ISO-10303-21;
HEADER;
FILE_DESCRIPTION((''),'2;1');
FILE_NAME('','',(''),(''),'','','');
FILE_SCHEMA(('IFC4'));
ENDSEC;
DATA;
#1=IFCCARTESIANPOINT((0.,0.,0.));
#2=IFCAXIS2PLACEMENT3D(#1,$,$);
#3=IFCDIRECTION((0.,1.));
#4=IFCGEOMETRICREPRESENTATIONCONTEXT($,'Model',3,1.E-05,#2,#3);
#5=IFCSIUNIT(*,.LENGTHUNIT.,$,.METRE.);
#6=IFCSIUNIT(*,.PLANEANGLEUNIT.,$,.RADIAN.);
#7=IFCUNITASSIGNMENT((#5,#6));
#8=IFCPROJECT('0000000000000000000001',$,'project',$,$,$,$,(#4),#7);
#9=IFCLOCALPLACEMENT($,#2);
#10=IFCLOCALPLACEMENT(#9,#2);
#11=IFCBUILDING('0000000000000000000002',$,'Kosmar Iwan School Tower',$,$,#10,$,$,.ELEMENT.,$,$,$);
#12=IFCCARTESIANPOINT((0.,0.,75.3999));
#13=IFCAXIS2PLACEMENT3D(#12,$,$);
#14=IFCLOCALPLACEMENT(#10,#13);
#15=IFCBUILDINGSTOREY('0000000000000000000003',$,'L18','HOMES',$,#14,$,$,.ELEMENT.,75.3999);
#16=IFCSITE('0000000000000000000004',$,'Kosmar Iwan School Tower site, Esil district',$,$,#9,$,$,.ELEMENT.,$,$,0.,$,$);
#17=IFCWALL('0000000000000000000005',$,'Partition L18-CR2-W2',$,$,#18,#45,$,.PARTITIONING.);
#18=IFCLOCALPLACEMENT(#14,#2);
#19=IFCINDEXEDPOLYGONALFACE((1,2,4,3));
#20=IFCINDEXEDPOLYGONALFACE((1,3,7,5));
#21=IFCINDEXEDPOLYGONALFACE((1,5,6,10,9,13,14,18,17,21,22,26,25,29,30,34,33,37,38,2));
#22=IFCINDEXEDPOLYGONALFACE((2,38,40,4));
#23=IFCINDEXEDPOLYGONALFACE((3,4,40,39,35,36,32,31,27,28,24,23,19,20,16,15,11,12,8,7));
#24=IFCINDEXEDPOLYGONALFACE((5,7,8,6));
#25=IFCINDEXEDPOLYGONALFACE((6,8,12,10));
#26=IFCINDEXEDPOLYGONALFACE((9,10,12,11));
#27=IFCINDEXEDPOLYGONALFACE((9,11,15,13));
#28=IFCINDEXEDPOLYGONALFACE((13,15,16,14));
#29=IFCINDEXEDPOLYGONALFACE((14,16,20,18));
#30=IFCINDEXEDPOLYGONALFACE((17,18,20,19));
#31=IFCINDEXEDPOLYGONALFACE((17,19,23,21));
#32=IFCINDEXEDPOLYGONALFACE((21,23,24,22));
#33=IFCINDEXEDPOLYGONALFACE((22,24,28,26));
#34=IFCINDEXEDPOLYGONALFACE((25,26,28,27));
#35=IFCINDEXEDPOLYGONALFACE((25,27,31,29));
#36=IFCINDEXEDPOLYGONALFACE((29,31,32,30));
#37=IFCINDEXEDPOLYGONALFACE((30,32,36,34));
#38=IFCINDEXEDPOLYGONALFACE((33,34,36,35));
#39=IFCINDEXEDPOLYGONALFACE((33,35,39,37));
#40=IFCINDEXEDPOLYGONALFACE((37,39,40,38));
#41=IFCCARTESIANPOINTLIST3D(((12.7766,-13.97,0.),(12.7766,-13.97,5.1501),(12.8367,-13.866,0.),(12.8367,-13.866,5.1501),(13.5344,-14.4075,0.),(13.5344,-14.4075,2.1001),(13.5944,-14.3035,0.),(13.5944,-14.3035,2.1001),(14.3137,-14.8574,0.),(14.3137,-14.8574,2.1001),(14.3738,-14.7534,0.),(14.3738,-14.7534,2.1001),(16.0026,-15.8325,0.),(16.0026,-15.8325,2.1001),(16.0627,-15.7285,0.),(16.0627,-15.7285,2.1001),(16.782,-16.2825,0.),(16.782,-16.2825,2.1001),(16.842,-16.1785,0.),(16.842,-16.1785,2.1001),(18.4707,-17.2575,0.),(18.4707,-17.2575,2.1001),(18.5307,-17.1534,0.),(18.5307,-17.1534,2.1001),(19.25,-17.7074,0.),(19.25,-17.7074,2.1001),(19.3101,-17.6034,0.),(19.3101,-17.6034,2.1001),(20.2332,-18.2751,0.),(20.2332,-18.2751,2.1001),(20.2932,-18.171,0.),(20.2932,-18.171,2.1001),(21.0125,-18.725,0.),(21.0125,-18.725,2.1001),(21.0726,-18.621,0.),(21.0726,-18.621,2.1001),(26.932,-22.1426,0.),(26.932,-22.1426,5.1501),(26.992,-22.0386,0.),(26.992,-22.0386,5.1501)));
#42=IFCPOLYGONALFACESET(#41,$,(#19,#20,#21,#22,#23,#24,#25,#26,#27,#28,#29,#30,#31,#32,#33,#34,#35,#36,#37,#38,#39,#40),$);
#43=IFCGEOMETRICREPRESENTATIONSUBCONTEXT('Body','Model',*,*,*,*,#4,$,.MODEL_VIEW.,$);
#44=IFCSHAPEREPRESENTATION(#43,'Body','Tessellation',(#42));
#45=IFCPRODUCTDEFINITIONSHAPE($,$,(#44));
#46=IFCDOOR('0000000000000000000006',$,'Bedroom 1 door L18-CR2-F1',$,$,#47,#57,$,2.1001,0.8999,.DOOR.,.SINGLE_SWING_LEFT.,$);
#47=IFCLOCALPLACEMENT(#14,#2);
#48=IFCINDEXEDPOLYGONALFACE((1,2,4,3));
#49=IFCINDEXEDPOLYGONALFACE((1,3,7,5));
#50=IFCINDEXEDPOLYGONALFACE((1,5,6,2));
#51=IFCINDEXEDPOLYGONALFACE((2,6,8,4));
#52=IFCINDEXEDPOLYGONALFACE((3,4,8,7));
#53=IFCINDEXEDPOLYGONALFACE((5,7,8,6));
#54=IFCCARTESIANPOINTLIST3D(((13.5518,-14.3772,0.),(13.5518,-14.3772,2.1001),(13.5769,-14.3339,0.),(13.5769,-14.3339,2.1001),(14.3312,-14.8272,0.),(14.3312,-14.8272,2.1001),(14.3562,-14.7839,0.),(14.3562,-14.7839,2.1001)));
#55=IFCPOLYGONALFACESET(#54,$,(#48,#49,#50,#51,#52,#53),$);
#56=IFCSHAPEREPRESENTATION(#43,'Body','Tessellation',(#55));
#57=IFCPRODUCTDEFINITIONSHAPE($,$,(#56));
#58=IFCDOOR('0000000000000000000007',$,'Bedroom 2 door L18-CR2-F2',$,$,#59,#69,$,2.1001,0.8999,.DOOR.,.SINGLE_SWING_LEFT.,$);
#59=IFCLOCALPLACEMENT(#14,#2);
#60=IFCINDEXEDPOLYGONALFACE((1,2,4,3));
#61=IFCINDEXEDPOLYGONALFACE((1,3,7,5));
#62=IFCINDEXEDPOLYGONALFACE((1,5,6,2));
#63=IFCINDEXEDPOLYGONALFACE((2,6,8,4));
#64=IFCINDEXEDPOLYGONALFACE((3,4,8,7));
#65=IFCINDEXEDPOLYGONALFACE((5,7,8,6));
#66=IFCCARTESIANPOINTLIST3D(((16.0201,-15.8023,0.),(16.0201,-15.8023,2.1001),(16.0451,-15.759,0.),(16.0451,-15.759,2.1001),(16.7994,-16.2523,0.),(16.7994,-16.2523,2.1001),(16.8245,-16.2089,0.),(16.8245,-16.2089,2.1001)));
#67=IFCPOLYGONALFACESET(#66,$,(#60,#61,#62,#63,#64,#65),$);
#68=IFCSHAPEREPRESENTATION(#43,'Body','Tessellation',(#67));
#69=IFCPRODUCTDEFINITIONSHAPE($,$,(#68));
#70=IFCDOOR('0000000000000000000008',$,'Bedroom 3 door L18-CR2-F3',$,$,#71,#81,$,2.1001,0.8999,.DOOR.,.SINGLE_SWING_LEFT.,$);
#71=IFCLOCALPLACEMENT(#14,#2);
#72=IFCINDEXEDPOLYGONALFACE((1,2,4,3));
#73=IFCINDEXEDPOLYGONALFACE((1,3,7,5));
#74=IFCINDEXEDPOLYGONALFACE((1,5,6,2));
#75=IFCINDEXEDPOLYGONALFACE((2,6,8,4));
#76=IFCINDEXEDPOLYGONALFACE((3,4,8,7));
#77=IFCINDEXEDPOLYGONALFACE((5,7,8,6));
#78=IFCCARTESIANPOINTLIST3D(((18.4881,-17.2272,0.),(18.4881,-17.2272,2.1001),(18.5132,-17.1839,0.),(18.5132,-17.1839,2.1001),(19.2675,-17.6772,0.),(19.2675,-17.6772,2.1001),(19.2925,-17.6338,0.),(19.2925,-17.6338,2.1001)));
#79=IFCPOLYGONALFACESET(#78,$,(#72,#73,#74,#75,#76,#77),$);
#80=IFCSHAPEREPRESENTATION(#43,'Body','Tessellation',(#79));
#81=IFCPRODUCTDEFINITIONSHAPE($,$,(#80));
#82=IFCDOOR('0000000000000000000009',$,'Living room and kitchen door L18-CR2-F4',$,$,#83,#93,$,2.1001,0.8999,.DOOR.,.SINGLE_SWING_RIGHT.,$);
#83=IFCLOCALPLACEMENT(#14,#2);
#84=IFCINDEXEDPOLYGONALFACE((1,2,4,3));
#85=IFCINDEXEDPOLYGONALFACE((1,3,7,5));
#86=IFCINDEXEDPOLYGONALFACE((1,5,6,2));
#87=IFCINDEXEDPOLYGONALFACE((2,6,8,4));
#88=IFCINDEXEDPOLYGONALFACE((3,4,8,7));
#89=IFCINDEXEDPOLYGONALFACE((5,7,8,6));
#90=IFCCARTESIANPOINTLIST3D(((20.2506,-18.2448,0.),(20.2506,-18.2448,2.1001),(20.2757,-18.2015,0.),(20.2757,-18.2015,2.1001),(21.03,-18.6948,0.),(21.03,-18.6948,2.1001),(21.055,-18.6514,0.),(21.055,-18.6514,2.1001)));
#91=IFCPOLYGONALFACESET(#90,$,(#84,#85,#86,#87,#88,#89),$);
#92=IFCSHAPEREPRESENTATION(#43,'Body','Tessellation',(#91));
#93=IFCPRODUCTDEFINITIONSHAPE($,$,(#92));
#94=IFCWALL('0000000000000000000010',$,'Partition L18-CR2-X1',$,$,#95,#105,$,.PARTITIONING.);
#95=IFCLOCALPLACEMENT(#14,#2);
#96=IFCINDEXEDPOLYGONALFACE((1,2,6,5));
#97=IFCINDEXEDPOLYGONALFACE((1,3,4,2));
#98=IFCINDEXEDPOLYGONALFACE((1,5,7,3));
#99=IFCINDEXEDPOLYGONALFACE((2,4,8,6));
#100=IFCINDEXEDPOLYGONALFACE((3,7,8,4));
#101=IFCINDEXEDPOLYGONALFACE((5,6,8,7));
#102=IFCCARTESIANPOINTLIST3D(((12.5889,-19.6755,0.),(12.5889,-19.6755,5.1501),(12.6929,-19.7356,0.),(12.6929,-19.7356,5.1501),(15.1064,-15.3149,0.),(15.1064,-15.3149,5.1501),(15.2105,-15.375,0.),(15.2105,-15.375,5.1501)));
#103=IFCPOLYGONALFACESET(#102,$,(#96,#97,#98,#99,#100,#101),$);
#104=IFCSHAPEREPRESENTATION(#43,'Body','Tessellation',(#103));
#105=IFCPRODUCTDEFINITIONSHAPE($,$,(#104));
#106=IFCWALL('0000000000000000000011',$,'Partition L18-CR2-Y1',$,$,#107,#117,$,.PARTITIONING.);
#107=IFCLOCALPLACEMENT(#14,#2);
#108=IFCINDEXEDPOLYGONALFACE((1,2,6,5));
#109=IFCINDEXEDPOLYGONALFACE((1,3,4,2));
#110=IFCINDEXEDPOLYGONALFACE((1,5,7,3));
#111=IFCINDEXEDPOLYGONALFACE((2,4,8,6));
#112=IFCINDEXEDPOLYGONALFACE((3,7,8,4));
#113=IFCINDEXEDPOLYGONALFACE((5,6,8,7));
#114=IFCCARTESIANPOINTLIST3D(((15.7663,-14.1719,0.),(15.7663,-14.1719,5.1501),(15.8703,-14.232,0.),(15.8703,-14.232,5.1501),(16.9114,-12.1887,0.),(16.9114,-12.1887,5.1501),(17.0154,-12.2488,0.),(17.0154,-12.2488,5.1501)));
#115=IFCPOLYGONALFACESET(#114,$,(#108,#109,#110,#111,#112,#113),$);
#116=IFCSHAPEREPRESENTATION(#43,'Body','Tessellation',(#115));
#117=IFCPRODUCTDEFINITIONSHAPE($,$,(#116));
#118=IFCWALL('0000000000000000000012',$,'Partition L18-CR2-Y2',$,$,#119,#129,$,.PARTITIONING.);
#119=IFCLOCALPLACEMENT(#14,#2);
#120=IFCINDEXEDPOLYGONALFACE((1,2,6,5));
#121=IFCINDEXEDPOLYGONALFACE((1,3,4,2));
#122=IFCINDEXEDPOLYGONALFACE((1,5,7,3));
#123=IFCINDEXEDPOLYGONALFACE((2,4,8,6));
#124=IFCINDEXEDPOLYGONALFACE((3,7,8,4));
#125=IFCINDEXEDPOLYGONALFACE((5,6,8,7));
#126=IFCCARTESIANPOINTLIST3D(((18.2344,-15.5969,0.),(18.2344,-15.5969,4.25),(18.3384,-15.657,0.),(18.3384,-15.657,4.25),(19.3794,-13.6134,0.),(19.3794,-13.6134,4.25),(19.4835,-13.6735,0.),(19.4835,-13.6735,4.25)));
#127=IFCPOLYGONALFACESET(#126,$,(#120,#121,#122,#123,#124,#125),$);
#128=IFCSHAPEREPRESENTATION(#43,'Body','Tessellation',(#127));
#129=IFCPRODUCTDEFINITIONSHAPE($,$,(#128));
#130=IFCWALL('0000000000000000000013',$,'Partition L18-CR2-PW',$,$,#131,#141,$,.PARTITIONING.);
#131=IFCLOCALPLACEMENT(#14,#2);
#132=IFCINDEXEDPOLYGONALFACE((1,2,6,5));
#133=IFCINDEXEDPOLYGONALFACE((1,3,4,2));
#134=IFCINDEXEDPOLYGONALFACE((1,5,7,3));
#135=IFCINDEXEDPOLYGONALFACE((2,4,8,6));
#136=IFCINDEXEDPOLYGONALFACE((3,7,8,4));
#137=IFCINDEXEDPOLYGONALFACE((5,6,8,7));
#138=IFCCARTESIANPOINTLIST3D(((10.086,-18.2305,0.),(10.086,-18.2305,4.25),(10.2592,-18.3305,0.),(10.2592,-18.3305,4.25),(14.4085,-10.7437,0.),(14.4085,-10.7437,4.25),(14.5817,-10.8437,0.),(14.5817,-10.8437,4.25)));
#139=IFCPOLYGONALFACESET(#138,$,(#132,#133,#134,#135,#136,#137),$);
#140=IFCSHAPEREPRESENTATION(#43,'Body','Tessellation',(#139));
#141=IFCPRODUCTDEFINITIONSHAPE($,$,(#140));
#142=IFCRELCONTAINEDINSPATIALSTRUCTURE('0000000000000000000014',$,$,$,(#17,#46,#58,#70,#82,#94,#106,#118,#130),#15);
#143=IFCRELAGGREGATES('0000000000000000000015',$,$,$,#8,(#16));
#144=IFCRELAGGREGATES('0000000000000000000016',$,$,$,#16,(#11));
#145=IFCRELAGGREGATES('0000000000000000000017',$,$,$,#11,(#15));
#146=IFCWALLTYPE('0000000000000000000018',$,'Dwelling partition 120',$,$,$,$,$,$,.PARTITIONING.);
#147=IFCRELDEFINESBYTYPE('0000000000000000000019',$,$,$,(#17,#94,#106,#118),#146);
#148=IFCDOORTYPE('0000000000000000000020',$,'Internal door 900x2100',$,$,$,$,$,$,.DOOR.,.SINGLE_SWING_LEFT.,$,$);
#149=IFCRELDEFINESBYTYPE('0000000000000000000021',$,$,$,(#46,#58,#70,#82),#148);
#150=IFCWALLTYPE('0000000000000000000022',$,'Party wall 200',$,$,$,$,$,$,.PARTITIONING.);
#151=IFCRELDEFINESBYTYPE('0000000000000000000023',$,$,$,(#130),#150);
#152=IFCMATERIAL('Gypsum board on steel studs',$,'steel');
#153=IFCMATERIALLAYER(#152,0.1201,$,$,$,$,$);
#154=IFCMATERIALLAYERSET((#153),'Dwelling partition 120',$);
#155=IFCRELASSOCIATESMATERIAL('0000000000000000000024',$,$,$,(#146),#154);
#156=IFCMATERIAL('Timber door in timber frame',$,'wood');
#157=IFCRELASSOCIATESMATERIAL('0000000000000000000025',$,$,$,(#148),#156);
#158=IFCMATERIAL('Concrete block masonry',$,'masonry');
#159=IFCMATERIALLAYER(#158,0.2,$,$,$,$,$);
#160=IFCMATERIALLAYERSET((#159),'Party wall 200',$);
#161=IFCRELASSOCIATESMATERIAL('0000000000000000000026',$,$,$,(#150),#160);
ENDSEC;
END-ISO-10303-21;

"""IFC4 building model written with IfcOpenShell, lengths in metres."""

from ifc_helpers import new_model, si_unit, direction, frame, frame_2d, origin, place, context, subcontext, project, spatial, rectangle, extrude, material, layer, layer_set, type_object, element, fill, save


model = new_model("IFC4")

# Units and contexts
model_context = context("Model", 3, precision=1e-05, world=origin(), true_north=direction((0.0, 1.0)))
body_context = subcontext(model_context, "Body", "Model", "MODEL_VIEW")
ifc_project = project(units=[si_unit("LENGTHUNIT", "METRE"), si_unit("PLANEANGLEUNIT", "RADIAN")], contexts=[model_context])

# Site, building, storey
site_placement = place(None, origin())
site = spatial("IfcSite", under=ifc_project, at=site_placement, Name="Kosmar Iwan School Tower site, Esil district", CompositionType="ELEMENT", RefElevation=0.0)
building_placement = place(site_placement, origin())
building = spatial("IfcBuilding", under=site, at=building_placement, Name="Kosmar Iwan School Tower", CompositionType="ELEMENT")
storey_placement = place(building_placement, frame((0.0, 0.0, 75.3999)))
storey = spatial("IfcBuildingStorey", under=building, at=storey_placement, Name="L18", Description="HOMES", CompositionType="ELEMENT", Elevation=75.3999)

# Shared definitions
ifc_material_1 = material(Name="Gypsum board on steel studs", Category="steel")
ifc_layer_1 = layer(ifc_material_1, 0.1201)
ifc_layer_set_1 = layer_set([ifc_layer_1], Name="Dwelling partition 120")
wall_type_1 = type_object("IfcWallType", Name="Dwelling partition 120", PredefinedType="PARTITIONING", material=ifc_layer_set_1)

# Wall, openings, doors
ifc_material_2 = material(Name="Timber door in timber frame", Category="wood")
door_type_1 = type_object("IfcDoorType", Name="Internal door 900x2100", OperationType="SINGLE_SWING_LEFT", PredefinedType="DOOR", material=ifc_material_2)
wall_1_placement = place(storey_placement, frame((12.8066, -13.918, 0.0), z_axis=(0.0, 0.0, 1.0), x_axis=(0.866024, -0.500003, 0.0)))
wall_1 = element("IfcWall", 1, at=wall_1_placement, inside=storey, type_object=wall_type_1, Name="Partition L18-CR2-W2", PredefinedType="PARTITIONING", context=body_context, shape_type="SweptSolid", body=[
    extrude(rectangle(XDim=16.3452, YDim=0.1201, at=frame_2d((8.1726, 0.0))), origin(), (0.0, 0.0, 1.0), 5.1501),
])
opening_1_placement = place(wall_1_placement, frame((0.875, 0.0, 0.0)))
opening_1 = element("IfcOpeningElement", 2, at=opening_1_placement, cuts=wall_1, PredefinedType="OPENING", context=body_context, shape_type="SweptSolid", body=[
    extrude(rectangle(XDim=0.8999, YDim=2.1001, at=frame_2d((0.45, 1.05))), frame((0.0, 0.072, 0.0), z_axis=(0.0, -1.0, 0.0), x_axis=(1.0, 0.0, 0.0)), (0.0, 0.0, 1.0), 0.144),
])
opening_2_placement = place(wall_1_placement, frame((3.7251, 0.0, 0.0)))
opening_2 = element("IfcOpeningElement", 3, at=opening_2_placement, cuts=wall_1, PredefinedType="OPENING", context=body_context, shape_type="SweptSolid", body=[
    extrude(rectangle(XDim=0.8999, YDim=2.1001, at=frame_2d((0.45, 1.05))), frame((0.0, 0.072, 0.0), z_axis=(0.0, -1.0, 0.0), x_axis=(1.0, 0.0, 0.0)), (0.0, 0.0, 1.0), 0.144),
])
opening_3_placement = place(wall_1_placement, frame((6.575, 0.0, 0.0)))
opening_3 = element("IfcOpeningElement", 4, at=opening_3_placement, cuts=wall_1, PredefinedType="OPENING", context=body_context, shape_type="SweptSolid", body=[
    extrude(rectangle(XDim=0.8999, YDim=2.1001, at=frame_2d((0.45, 1.05))), frame((0.0, 0.072, 0.0), z_axis=(0.0, -1.0, 0.0), x_axis=(1.0, 0.0, 0.0)), (0.0, 0.0, 1.0), 0.144),
])
opening_4_placement = place(wall_1_placement, frame((8.6101, 0.0, 0.0)))
opening_4 = element("IfcOpeningElement", 5, at=opening_4_placement, cuts=wall_1, PredefinedType="OPENING", context=body_context, shape_type="SweptSolid", body=[
    extrude(rectangle(XDim=0.8999, YDim=2.1001, at=frame_2d((0.45, 1.05))), frame((0.0, 0.072, 0.0), z_axis=(0.0, -1.0, 0.0), x_axis=(1.0, 0.0, 0.0)), (0.0, 0.0, 1.0), 0.144),
])
door_1_placement = place(opening_1_placement, origin())
door_1 = element("IfcDoor", 6, at=door_1_placement, inside=storey, type_object=door_type_1, Name="Bedroom 1 door L18-CR2-F1", OperationType="SINGLE_SWING_LEFT", OverallHeight=2.1001, OverallWidth=0.8999, PredefinedType="DOOR", context=body_context, shape_type="SweptSolid", body=[
    extrude(rectangle(XDim=0.8999, YDim=2.1001, at=frame_2d((0.45, 1.05))), frame((0.0, 0.0249, 0.0), z_axis=(0.0, -1.0, 0.0), x_axis=(1.0, 0.0, 0.0)), (0.0, 0.0, 1.0), 0.05),
])
fill(opening_1, door_1)
door_2_placement = place(opening_2_placement, origin())
door_2 = element("IfcDoor", 7, at=door_2_placement, inside=storey, type_object=door_type_1, Name="Bedroom 2 door L18-CR2-F2", OperationType="SINGLE_SWING_LEFT", OverallHeight=2.1001, OverallWidth=0.8999, PredefinedType="DOOR", context=body_context, shape_type="SweptSolid", body=[
    extrude(rectangle(XDim=0.8999, YDim=2.1001, at=frame_2d((0.45, 1.05))), frame((0.0, 0.0249, 0.0), z_axis=(0.0, -1.0, 0.0), x_axis=(1.0, 0.0, 0.0)), (0.0, 0.0, 1.0), 0.05),
])
fill(opening_2, door_2)
door_3_placement = place(opening_3_placement, origin())
door_3 = element("IfcDoor", 8, at=door_3_placement, inside=storey, type_object=door_type_1, Name="Bedroom 3 door L18-CR2-F3", OperationType="SINGLE_SWING_LEFT", OverallHeight=2.1001, OverallWidth=0.8999, PredefinedType="DOOR", context=body_context, shape_type="SweptSolid", body=[
    extrude(rectangle(XDim=0.8999, YDim=2.1001, at=frame_2d((0.45, 1.05))), frame((0.0, 0.0249, 0.0), z_axis=(0.0, -1.0, 0.0), x_axis=(1.0, 0.0, 0.0)), (0.0, 0.0, 1.0), 0.05),
])
fill(opening_3, door_3)
door_4_placement = place(opening_4_placement, origin())
door_4 = element("IfcDoor", 9, at=door_4_placement, inside=storey, type_object=door_type_1, Name="Living room and kitchen door L18-CR2-F4", OperationType="SINGLE_SWING_RIGHT", OverallHeight=2.1001, OverallWidth=0.8999, PredefinedType="DOOR", context=body_context, shape_type="SweptSolid", body=[
    extrude(rectangle(XDim=0.8999, YDim=2.1001, at=frame_2d((0.45, 1.05))), frame((0.0, 0.0249, 0.0), z_axis=(0.0, -1.0, 0.0), x_axis=(1.0, 0.0, 0.0)), (0.0, 0.0, 1.0), 0.05),
])
fill(opening_4, door_4)

# Walls
wall_2_placement = place(storey_placement, frame((15.1584, -15.345, 0.0), z_axis=(0.0, 0.0, 1.0), x_axis=(-0.499998, -0.866027, 0.0)))
element("IfcWall", 10, at=wall_2_placement, inside=storey, type_object=wall_type_1, Name="Partition L18-CR2-X1", PredefinedType="PARTITIONING", context=body_context, shape_type="SweptSolid", body=[
    extrude(rectangle(XDim=5.0352, YDim=0.1201, at=frame_2d((2.5176, 0.0))), origin(), (0.0, 0.0, 1.0), 5.1501),
])
wall_3_placement = place(storey_placement, frame((16.9634, -12.2188, 0.0), z_axis=(0.0, 0.0, 1.0), x_axis=(-0.500015, -0.866017, 0.0)))
element("IfcWall", 11, at=wall_3_placement, inside=storey, type_object=wall_type_1, Name="Partition L18-CR2-Y1", PredefinedType="PARTITIONING", context=body_context, shape_type="SweptSolid", body=[
    extrude(rectangle(XDim=2.29, YDim=0.1201, at=frame_2d((1.145, 0.0))), origin(), (0.0, 0.0, 1.0), 5.1501),
])
wall_4_placement = place(storey_placement, frame((19.4314, -13.6436, 0.0), z_axis=(0.0, 0.0, 1.0), x_axis=(-0.499969, -0.866044, 0.0)))
element("IfcWall", 12, at=wall_4_placement, inside=storey, type_object=wall_type_1, Name="Partition L18-CR2-Y2", PredefinedType="PARTITIONING", context=body_context, shape_type="SweptSolid", body=[
    extrude(rectangle(XDim=2.2903, YDim=0.1201, at=frame_2d((1.145, 0.0))), origin(), (0.0, 0.0, 1.0), 4.25),
])
ifc_material_3 = material(Name="Concrete block masonry", Category="masonry")
ifc_layer_2 = layer(ifc_material_3, 0.2)
ifc_layer_set_2 = layer_set([ifc_layer_2], Name="Party wall 200")
wall_type_2 = type_object("IfcWallType", Name="Party wall 200", PredefinedType="PARTITIONING", material=ifc_layer_set_2)
wall_5_placement = place(storey_placement, frame((14.4951, -10.7937, 0.0), z_axis=(0.0, 0.0, 1.0), x_axis=(-0.5, -0.866026, 0.0)))
element("IfcWall", 13, at=wall_5_placement, inside=storey, type_object=wall_type_2, Name="Partition L18-CR2-PW", PredefinedType="PARTITIONING", context=body_context, shape_type="SweptSolid", body=[
    extrude(rectangle(XDim=8.645, YDim=0.2, at=frame_2d((4.3225, 0.0))), origin(), (0.0, 0.0, 1.0), 4.25),
])

save(model, "model.ifc")
